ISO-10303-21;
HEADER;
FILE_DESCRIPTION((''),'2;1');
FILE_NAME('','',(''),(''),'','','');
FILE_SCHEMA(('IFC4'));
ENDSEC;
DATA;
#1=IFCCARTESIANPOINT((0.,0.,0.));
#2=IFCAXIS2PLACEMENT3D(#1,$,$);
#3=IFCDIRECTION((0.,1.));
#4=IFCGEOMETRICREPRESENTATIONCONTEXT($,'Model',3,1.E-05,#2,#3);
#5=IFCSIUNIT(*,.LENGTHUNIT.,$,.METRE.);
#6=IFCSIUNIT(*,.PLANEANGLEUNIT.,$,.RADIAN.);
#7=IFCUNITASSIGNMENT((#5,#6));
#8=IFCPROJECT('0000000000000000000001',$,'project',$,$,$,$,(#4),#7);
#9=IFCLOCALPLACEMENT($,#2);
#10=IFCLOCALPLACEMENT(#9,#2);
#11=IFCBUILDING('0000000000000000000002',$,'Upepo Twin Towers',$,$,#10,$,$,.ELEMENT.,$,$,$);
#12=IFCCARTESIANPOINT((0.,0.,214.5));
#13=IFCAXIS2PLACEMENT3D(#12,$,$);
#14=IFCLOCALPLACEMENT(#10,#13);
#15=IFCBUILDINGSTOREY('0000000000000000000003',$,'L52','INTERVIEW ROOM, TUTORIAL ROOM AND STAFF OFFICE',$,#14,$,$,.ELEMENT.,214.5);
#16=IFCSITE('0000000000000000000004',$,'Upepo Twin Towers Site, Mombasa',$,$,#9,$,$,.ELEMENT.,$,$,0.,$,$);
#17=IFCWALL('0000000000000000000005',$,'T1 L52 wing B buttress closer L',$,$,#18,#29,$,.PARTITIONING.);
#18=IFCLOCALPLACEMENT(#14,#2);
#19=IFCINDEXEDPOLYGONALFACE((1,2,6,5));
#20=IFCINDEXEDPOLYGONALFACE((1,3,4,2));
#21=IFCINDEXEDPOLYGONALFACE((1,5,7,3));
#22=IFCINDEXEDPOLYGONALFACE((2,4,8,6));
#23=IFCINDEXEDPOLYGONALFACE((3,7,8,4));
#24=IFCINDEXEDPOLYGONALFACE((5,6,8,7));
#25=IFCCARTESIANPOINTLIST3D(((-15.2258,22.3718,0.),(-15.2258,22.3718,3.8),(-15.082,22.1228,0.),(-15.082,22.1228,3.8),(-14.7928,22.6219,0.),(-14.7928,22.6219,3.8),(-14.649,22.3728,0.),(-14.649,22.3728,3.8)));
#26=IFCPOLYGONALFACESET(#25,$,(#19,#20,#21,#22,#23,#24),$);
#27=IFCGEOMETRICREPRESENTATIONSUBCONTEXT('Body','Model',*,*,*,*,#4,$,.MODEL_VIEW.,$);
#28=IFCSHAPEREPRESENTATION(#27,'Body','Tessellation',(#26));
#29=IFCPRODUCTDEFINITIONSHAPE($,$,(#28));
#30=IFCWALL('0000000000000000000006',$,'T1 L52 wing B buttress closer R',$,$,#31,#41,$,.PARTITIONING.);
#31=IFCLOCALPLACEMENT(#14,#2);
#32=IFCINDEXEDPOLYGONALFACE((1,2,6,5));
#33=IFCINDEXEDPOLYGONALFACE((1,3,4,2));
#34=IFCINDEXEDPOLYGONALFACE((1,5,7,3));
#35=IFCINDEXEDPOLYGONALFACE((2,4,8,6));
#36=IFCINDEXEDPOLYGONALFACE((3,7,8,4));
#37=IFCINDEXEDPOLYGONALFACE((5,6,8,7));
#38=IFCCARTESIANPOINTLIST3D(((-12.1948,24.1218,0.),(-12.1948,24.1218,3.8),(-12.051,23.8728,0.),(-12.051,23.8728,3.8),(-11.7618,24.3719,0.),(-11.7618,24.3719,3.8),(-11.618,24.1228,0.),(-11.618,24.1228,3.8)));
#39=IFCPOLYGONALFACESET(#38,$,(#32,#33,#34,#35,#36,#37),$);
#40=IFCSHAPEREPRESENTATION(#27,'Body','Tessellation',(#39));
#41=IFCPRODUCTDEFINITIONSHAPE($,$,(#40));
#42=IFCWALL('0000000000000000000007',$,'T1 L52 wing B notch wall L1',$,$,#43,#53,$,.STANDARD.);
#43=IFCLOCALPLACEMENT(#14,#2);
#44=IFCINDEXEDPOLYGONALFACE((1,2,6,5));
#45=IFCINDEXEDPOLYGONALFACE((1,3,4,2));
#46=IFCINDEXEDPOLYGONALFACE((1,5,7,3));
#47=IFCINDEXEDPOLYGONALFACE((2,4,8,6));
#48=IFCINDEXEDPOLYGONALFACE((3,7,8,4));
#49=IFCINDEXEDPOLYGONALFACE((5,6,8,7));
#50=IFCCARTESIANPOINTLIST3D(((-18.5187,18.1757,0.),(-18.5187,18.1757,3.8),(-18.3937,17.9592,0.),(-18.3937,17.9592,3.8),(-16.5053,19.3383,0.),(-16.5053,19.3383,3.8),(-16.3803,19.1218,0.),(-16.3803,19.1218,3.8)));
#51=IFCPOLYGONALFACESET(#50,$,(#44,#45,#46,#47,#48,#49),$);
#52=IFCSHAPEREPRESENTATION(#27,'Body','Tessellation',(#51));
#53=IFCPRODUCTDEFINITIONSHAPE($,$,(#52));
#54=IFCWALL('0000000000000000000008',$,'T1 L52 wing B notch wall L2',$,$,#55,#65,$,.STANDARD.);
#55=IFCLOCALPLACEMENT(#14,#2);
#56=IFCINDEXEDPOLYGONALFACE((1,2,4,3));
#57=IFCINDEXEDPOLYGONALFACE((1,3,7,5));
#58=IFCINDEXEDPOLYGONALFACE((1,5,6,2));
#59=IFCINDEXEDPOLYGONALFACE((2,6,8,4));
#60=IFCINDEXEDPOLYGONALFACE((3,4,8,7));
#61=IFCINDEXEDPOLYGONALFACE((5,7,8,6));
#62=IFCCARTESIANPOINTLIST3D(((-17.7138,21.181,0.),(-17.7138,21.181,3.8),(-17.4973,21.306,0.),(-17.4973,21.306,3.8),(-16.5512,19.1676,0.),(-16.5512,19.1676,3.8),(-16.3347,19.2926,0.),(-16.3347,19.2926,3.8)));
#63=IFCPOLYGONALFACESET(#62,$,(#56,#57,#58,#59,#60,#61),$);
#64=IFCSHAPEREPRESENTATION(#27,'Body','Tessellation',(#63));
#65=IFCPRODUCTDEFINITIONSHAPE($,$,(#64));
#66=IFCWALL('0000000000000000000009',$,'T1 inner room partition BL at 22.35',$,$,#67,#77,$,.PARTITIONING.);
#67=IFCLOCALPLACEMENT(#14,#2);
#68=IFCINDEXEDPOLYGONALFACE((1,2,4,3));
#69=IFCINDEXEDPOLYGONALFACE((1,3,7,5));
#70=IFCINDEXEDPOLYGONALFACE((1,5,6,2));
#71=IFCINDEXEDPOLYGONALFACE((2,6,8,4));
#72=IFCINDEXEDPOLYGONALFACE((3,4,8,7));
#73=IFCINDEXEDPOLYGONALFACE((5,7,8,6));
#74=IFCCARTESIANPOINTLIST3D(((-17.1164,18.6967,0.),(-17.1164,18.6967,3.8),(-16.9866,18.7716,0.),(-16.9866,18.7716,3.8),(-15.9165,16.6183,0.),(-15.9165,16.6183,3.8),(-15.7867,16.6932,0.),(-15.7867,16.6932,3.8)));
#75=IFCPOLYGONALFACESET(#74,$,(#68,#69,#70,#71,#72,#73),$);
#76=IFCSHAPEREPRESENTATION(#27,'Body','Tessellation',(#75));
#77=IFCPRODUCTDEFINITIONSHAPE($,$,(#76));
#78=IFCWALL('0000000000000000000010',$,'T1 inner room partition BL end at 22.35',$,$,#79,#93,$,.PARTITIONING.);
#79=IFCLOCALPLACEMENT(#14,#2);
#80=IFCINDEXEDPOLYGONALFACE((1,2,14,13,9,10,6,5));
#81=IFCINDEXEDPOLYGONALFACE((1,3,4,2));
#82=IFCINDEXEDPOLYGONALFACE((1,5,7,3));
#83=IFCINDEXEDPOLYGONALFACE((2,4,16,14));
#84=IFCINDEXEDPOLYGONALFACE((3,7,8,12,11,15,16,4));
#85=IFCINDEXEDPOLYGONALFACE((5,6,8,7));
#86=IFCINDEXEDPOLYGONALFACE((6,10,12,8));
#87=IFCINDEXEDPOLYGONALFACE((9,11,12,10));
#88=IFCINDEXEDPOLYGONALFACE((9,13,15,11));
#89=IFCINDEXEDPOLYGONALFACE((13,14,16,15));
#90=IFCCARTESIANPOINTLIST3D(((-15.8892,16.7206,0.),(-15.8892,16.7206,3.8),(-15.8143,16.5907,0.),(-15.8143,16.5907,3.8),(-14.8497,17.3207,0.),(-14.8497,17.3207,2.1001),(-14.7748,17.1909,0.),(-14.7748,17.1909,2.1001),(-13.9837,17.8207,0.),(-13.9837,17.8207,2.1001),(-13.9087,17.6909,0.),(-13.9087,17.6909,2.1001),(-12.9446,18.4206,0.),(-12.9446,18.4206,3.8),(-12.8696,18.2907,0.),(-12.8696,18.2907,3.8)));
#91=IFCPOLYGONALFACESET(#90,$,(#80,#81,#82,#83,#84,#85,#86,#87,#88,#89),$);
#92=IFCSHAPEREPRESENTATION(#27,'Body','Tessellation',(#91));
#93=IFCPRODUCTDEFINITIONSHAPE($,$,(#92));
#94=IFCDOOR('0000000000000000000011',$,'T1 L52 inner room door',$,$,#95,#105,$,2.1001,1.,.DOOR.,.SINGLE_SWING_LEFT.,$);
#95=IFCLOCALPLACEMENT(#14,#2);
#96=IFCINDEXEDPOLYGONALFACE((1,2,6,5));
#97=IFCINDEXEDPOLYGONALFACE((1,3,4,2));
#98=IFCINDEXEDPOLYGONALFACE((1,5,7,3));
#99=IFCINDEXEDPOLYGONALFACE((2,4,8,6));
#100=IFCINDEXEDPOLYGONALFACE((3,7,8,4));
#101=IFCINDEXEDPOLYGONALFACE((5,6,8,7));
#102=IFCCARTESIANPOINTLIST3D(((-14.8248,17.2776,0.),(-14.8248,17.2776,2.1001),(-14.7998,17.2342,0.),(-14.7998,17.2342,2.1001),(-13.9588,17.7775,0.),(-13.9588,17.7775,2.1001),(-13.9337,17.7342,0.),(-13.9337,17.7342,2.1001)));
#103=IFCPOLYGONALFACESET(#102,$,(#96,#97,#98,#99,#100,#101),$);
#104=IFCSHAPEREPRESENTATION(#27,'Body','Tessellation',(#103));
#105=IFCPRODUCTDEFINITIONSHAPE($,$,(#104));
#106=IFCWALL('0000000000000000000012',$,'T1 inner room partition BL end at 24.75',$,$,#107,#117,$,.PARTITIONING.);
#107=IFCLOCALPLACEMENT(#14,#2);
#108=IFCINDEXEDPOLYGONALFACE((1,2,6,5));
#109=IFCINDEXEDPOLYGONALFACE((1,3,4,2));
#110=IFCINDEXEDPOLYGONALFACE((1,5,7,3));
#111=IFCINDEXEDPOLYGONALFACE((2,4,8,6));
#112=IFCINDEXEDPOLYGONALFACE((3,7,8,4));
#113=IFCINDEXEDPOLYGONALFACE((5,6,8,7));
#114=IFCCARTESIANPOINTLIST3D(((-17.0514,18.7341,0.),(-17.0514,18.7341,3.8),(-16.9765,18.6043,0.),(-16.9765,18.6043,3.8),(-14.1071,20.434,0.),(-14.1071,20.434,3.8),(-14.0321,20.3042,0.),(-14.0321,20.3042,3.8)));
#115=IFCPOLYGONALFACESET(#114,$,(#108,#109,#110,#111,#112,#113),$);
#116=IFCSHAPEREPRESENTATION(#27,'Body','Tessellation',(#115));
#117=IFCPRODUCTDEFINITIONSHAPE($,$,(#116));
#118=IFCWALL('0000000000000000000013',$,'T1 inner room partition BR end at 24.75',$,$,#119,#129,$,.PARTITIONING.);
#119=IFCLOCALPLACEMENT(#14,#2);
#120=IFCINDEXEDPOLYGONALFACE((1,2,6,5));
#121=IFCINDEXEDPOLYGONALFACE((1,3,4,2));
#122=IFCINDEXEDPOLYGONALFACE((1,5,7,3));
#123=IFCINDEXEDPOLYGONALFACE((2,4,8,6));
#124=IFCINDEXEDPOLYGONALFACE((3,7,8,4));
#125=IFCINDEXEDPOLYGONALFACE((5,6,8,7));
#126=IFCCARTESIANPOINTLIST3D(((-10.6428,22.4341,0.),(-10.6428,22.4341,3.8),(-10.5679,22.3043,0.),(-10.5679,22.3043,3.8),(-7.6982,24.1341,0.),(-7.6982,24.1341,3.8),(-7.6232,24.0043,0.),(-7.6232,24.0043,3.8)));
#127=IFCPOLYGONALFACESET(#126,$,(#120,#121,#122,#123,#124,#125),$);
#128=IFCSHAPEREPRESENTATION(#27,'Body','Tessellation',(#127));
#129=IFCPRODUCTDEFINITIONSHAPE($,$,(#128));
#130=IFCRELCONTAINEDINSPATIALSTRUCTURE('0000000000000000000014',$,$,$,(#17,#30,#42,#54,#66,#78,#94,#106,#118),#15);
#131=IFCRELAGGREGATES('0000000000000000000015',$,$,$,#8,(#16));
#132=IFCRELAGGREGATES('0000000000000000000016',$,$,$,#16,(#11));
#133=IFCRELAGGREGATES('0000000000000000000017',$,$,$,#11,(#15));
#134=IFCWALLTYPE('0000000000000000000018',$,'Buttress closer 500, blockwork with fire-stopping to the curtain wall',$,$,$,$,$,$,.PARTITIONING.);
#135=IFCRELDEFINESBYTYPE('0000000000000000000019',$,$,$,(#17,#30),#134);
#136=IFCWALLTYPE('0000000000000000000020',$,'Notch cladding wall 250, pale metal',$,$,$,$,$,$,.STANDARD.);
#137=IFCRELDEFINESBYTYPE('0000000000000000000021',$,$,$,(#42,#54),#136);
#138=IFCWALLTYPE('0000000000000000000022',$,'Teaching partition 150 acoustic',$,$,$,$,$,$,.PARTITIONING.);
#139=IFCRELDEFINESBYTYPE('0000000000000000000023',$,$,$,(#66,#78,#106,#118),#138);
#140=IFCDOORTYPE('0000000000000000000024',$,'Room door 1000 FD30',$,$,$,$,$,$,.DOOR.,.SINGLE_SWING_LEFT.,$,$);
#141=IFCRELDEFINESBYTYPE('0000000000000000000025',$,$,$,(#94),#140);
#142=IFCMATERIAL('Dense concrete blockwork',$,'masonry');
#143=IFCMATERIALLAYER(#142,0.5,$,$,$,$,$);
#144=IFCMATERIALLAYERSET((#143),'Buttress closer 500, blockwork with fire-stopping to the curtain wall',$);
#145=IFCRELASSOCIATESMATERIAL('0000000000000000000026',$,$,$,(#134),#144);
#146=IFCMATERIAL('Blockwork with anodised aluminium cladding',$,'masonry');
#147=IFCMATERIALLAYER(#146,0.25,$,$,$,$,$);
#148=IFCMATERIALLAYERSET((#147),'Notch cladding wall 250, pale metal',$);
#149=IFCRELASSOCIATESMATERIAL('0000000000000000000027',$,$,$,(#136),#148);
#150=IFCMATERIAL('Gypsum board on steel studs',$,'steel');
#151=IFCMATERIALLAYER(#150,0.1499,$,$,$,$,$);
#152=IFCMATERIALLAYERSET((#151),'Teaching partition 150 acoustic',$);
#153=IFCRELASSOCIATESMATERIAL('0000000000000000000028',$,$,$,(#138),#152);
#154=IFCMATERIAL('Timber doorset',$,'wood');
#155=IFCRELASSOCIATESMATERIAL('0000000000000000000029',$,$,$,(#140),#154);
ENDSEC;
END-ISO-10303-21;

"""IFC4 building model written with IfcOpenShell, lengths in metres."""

from ifc_helpers import new_model, si_unit, direction, frame, frame_2d, origin, place, context, subcontext, project, spatial, rectangle, extrude, material, layer, layer_set, type_object, element, fill, save


model = new_model("IFC4")

# Units and contexts
model_context = context("Model", 3, precision=1e-05, world=origin(), true_north=direction((0.0, 1.0)))
body_context = subcontext(model_context, "Body", "Model", "MODEL_VIEW")
ifc_project = project(units=[si_unit("LENGTHUNIT", "METRE"), si_unit("PLANEANGLEUNIT", "RADIAN")], contexts=[model_context])

# Site, building, storey
site_placement = place(None, origin())
site = spatial("IfcSite", under=ifc_project, at=site_placement, Name="Upepo Twin Towers Site, Mombasa", CompositionType="ELEMENT", RefElevation=0.0)
building_placement = place(site_placement, origin())
building = spatial("IfcBuilding", under=site, at=building_placement, Name="Upepo Twin Towers", CompositionType="ELEMENT")
storey_placement = place(building_placement, frame((0.0, 0.0, 214.5)))
storey = spatial("IfcBuildingStorey", under=building, at=storey_placement, Name="L52", Description="INTERVIEW ROOM, TUTORIAL ROOM AND STAFF OFFICE", CompositionType="ELEMENT", Elevation=214.5)

# Walls
ifc_material_1 = material(Name="Dense concrete blockwork", Category="masonry")
ifc_layer_1 = layer(ifc_material_1, 0.5)
ifc_layer_set_1 = layer_set([ifc_layer_1], Name="Buttress closer 500, blockwork with fire-stopping to the curtain wall")
wall_type_1 = type_object("IfcWallType", Name="Buttress closer 500, blockwork with fire-stopping to the curtain wall", PredefinedType="PARTITIONING", material=ifc_layer_set_1)
for number, where, z_axis, x_axis, name in (
    (1, (-14.8655, 22.2478, 0.0), (0.0, 0.0, 1.0), (-0.500065, 0.865988, 0.0), "T1 L52 wing B buttress closer L"),
    (2, (-11.8345, 23.9978, 0.0), (0.0, 0.0, 1.0), (-0.500065, 0.865988, 0.0), "T1 L52 wing B buttress closer R"),
):
    element("IfcWall", number, at=place(storey_placement, frame(where, z_axis=z_axis, x_axis=x_axis)), inside=storey, type_object=wall_type_1, Name=name, PredefinedType="PARTITIONING", context=body_context, shape_type="SweptSolid", body=[
        extrude(rectangle(XDim=0.2876, YDim=0.5, at=frame_2d((0.1438, 0.0))), origin(), (0.0, 0.0, 1.0), 3.8),
    ])
ifc_material_2 = material(Name="Blockwork with anodised aluminium cladding", Category="masonry")
ifc_layer_2 = layer(ifc_material_2, 0.25)
ifc_layer_set_2 = layer_set([ifc_layer_2], Name="Notch cladding wall 250, pale metal")
wall_type_2 = type_object("IfcWallType", Name="Notch cladding wall 250, pale metal", PredefinedType="STANDARD", material=ifc_layer_set_2)
for number, where, z_axis, x_axis, name in (
    (3, (-18.4563, 18.0674, 0.0), (0.0, 0.0, 1.0), (0.865998, 0.500047, 0.0), "T1 L52 wing B notch wall L1"),
    (4, (-16.4429, 19.23, 0.0), (0.0, 0.0, 1.0), (-0.500047, 0.865998, 0.0), "T1 L52 wing B notch wall L2"),
):
    element("IfcWall", number, at=place(storey_placement, frame(where, z_axis=z_axis, x_axis=x_axis)), inside=storey, type_object=wall_type_2, Name=name, PredefinedType="STANDARD", context=body_context, shape_type="SweptSolid", body=[
        extrude(rectangle(XDim=2.325, YDim=0.25, at=frame_2d((1.1626, 0.0))), origin(), (0.0, 0.0, 1.0), 3.8),
    ])
ifc_material_3 = material(Name="Gypsum board on steel studs", Category="steel")
ifc_layer_3 = layer(ifc_material_3, 0.1499)
ifc_layer_set_3 = layer_set([ifc_layer_3], Name="Teaching partition 150 acoustic")
wall_type_3 = type_object("IfcWallType", Name="Teaching partition 150 acoustic", PredefinedType="PARTITIONING", material=ifc_layer_set_3)
wall_1_placement = place(storey_placement, frame((-15.8516, 16.6558, 0.0), z_axis=(0.0, 0.0, 1.0), x_axis=(-0.500001, 0.866025, 0.0)))
element("IfcWall", 5, at=wall_1_placement, inside=storey, type_object=wall_type_3, Name="T1 inner room partition BL at 22.35", PredefinedType="PARTITIONING", context=body_context, shape_type="SweptSolid", body=[
    extrude(rectangle(XDim=2.3999, YDim=0.1499, at=frame_2d((1.2, 0.0))), origin(), (0.0, 0.0, 1.0), 3.8),
])

# Wall, opening, door
wall_2_placement = place(storey_placement, frame((-12.907, 18.3557, 0.0), z_axis=(0.0, 0.0, 1.0), x_axis=(-0.866039, -0.499977, 0.0)))
wall_2 = element("IfcWall", 6, at=wall_2_placement, inside=storey, type_object=wall_type_3, Name="T1 inner room partition BL end at 22.35", PredefinedType="PARTITIONING", context=body_context, shape_type="SweptSolid", body=[
    extrude(rectangle(XDim=3.4001, YDim=0.1499, at=frame_2d((1.7002, 0.0))), origin(), (0.0, 0.0, 1.0), 3.8),
])
opening_placement = place(wall_2_placement, frame((1.2, 0.0, 0.0)))
opening = element("IfcOpeningElement", 7, at=opening_placement, cuts=wall_2, PredefinedType="OPENING", context=body_context, shape_type="SweptSolid", body=[
    extrude(rectangle(XDim=1.0, YDim=2.1001, at=frame_2d((0.5, 1.05))), frame((0.0, 0.085, 0.0), z_axis=(0.0, -1.0, 0.0), x_axis=(1.0, 0.0, 0.0)), (0.0, 0.0, 1.0), 0.1699),
])
ifc_material_4 = material(Name="Timber doorset", Category="wood")
door_type = type_object("IfcDoorType", Name="Room door 1000 FD30", OperationType="SINGLE_SWING_LEFT", PredefinedType="DOOR", material=ifc_material_4)
door_placement = place(opening_placement, origin())
door = element("IfcDoor", 8, at=door_placement, inside=storey, type_object=door_type, Name="T1 L52 inner room door", OperationType="SINGLE_SWING_LEFT", OverallHeight=2.1001, OverallWidth=1.0, PredefinedType="DOOR", context=body_context, shape_type="SweptSolid", body=[
    extrude(rectangle(XDim=1.0, YDim=2.1001, at=frame_2d((0.5, 1.05))), frame((0.0, 0.0249, 0.0), z_axis=(0.0, -1.0, 0.0), x_axis=(1.0, 0.0, 0.0)), (0.0, 0.0, 1.0), 0.05),
])
fill(opening, door)

# Walls
wall_3_placement = place(storey_placement, frame((-14.0696, 20.3691, 0.0), z_axis=(0.0, 0.0, 1.0), x_axis=(-0.866021, -0.500008, 0.0)))
element("IfcWall", 9, at=wall_3_placement, inside=storey, type_object=wall_type_3, Name="T1 inner room partition BL end at 24.75", PredefinedType="PARTITIONING", context=body_context, shape_type="SweptSolid", body=[
    extrude(rectangle(XDim=3.3999, YDim=0.1499, at=frame_2d((1.7, 0.0))), origin(), (0.0, 0.0, 1.0), 3.8),
])
wall_4_placement = place(storey_placement, frame((-10.6055, 22.3691, 0.0), z_axis=(0.0, 0.0, 1.0), x_axis=(0.866039, 0.499977, 0.0)))
element("IfcWall", 10, at=wall_4_placement, inside=storey, type_object=wall_type_3, Name="T1 inner room partition BR end at 24.75", PredefinedType="PARTITIONING", context=body_context, shape_type="SweptSolid", body=[
    extrude(rectangle(XDim=3.4001, YDim=0.1499, at=frame_2d((1.7002, 0.0))), origin(), (0.0, 0.0, 1.0), 3.8),
])

save(model, "model.ifc")
